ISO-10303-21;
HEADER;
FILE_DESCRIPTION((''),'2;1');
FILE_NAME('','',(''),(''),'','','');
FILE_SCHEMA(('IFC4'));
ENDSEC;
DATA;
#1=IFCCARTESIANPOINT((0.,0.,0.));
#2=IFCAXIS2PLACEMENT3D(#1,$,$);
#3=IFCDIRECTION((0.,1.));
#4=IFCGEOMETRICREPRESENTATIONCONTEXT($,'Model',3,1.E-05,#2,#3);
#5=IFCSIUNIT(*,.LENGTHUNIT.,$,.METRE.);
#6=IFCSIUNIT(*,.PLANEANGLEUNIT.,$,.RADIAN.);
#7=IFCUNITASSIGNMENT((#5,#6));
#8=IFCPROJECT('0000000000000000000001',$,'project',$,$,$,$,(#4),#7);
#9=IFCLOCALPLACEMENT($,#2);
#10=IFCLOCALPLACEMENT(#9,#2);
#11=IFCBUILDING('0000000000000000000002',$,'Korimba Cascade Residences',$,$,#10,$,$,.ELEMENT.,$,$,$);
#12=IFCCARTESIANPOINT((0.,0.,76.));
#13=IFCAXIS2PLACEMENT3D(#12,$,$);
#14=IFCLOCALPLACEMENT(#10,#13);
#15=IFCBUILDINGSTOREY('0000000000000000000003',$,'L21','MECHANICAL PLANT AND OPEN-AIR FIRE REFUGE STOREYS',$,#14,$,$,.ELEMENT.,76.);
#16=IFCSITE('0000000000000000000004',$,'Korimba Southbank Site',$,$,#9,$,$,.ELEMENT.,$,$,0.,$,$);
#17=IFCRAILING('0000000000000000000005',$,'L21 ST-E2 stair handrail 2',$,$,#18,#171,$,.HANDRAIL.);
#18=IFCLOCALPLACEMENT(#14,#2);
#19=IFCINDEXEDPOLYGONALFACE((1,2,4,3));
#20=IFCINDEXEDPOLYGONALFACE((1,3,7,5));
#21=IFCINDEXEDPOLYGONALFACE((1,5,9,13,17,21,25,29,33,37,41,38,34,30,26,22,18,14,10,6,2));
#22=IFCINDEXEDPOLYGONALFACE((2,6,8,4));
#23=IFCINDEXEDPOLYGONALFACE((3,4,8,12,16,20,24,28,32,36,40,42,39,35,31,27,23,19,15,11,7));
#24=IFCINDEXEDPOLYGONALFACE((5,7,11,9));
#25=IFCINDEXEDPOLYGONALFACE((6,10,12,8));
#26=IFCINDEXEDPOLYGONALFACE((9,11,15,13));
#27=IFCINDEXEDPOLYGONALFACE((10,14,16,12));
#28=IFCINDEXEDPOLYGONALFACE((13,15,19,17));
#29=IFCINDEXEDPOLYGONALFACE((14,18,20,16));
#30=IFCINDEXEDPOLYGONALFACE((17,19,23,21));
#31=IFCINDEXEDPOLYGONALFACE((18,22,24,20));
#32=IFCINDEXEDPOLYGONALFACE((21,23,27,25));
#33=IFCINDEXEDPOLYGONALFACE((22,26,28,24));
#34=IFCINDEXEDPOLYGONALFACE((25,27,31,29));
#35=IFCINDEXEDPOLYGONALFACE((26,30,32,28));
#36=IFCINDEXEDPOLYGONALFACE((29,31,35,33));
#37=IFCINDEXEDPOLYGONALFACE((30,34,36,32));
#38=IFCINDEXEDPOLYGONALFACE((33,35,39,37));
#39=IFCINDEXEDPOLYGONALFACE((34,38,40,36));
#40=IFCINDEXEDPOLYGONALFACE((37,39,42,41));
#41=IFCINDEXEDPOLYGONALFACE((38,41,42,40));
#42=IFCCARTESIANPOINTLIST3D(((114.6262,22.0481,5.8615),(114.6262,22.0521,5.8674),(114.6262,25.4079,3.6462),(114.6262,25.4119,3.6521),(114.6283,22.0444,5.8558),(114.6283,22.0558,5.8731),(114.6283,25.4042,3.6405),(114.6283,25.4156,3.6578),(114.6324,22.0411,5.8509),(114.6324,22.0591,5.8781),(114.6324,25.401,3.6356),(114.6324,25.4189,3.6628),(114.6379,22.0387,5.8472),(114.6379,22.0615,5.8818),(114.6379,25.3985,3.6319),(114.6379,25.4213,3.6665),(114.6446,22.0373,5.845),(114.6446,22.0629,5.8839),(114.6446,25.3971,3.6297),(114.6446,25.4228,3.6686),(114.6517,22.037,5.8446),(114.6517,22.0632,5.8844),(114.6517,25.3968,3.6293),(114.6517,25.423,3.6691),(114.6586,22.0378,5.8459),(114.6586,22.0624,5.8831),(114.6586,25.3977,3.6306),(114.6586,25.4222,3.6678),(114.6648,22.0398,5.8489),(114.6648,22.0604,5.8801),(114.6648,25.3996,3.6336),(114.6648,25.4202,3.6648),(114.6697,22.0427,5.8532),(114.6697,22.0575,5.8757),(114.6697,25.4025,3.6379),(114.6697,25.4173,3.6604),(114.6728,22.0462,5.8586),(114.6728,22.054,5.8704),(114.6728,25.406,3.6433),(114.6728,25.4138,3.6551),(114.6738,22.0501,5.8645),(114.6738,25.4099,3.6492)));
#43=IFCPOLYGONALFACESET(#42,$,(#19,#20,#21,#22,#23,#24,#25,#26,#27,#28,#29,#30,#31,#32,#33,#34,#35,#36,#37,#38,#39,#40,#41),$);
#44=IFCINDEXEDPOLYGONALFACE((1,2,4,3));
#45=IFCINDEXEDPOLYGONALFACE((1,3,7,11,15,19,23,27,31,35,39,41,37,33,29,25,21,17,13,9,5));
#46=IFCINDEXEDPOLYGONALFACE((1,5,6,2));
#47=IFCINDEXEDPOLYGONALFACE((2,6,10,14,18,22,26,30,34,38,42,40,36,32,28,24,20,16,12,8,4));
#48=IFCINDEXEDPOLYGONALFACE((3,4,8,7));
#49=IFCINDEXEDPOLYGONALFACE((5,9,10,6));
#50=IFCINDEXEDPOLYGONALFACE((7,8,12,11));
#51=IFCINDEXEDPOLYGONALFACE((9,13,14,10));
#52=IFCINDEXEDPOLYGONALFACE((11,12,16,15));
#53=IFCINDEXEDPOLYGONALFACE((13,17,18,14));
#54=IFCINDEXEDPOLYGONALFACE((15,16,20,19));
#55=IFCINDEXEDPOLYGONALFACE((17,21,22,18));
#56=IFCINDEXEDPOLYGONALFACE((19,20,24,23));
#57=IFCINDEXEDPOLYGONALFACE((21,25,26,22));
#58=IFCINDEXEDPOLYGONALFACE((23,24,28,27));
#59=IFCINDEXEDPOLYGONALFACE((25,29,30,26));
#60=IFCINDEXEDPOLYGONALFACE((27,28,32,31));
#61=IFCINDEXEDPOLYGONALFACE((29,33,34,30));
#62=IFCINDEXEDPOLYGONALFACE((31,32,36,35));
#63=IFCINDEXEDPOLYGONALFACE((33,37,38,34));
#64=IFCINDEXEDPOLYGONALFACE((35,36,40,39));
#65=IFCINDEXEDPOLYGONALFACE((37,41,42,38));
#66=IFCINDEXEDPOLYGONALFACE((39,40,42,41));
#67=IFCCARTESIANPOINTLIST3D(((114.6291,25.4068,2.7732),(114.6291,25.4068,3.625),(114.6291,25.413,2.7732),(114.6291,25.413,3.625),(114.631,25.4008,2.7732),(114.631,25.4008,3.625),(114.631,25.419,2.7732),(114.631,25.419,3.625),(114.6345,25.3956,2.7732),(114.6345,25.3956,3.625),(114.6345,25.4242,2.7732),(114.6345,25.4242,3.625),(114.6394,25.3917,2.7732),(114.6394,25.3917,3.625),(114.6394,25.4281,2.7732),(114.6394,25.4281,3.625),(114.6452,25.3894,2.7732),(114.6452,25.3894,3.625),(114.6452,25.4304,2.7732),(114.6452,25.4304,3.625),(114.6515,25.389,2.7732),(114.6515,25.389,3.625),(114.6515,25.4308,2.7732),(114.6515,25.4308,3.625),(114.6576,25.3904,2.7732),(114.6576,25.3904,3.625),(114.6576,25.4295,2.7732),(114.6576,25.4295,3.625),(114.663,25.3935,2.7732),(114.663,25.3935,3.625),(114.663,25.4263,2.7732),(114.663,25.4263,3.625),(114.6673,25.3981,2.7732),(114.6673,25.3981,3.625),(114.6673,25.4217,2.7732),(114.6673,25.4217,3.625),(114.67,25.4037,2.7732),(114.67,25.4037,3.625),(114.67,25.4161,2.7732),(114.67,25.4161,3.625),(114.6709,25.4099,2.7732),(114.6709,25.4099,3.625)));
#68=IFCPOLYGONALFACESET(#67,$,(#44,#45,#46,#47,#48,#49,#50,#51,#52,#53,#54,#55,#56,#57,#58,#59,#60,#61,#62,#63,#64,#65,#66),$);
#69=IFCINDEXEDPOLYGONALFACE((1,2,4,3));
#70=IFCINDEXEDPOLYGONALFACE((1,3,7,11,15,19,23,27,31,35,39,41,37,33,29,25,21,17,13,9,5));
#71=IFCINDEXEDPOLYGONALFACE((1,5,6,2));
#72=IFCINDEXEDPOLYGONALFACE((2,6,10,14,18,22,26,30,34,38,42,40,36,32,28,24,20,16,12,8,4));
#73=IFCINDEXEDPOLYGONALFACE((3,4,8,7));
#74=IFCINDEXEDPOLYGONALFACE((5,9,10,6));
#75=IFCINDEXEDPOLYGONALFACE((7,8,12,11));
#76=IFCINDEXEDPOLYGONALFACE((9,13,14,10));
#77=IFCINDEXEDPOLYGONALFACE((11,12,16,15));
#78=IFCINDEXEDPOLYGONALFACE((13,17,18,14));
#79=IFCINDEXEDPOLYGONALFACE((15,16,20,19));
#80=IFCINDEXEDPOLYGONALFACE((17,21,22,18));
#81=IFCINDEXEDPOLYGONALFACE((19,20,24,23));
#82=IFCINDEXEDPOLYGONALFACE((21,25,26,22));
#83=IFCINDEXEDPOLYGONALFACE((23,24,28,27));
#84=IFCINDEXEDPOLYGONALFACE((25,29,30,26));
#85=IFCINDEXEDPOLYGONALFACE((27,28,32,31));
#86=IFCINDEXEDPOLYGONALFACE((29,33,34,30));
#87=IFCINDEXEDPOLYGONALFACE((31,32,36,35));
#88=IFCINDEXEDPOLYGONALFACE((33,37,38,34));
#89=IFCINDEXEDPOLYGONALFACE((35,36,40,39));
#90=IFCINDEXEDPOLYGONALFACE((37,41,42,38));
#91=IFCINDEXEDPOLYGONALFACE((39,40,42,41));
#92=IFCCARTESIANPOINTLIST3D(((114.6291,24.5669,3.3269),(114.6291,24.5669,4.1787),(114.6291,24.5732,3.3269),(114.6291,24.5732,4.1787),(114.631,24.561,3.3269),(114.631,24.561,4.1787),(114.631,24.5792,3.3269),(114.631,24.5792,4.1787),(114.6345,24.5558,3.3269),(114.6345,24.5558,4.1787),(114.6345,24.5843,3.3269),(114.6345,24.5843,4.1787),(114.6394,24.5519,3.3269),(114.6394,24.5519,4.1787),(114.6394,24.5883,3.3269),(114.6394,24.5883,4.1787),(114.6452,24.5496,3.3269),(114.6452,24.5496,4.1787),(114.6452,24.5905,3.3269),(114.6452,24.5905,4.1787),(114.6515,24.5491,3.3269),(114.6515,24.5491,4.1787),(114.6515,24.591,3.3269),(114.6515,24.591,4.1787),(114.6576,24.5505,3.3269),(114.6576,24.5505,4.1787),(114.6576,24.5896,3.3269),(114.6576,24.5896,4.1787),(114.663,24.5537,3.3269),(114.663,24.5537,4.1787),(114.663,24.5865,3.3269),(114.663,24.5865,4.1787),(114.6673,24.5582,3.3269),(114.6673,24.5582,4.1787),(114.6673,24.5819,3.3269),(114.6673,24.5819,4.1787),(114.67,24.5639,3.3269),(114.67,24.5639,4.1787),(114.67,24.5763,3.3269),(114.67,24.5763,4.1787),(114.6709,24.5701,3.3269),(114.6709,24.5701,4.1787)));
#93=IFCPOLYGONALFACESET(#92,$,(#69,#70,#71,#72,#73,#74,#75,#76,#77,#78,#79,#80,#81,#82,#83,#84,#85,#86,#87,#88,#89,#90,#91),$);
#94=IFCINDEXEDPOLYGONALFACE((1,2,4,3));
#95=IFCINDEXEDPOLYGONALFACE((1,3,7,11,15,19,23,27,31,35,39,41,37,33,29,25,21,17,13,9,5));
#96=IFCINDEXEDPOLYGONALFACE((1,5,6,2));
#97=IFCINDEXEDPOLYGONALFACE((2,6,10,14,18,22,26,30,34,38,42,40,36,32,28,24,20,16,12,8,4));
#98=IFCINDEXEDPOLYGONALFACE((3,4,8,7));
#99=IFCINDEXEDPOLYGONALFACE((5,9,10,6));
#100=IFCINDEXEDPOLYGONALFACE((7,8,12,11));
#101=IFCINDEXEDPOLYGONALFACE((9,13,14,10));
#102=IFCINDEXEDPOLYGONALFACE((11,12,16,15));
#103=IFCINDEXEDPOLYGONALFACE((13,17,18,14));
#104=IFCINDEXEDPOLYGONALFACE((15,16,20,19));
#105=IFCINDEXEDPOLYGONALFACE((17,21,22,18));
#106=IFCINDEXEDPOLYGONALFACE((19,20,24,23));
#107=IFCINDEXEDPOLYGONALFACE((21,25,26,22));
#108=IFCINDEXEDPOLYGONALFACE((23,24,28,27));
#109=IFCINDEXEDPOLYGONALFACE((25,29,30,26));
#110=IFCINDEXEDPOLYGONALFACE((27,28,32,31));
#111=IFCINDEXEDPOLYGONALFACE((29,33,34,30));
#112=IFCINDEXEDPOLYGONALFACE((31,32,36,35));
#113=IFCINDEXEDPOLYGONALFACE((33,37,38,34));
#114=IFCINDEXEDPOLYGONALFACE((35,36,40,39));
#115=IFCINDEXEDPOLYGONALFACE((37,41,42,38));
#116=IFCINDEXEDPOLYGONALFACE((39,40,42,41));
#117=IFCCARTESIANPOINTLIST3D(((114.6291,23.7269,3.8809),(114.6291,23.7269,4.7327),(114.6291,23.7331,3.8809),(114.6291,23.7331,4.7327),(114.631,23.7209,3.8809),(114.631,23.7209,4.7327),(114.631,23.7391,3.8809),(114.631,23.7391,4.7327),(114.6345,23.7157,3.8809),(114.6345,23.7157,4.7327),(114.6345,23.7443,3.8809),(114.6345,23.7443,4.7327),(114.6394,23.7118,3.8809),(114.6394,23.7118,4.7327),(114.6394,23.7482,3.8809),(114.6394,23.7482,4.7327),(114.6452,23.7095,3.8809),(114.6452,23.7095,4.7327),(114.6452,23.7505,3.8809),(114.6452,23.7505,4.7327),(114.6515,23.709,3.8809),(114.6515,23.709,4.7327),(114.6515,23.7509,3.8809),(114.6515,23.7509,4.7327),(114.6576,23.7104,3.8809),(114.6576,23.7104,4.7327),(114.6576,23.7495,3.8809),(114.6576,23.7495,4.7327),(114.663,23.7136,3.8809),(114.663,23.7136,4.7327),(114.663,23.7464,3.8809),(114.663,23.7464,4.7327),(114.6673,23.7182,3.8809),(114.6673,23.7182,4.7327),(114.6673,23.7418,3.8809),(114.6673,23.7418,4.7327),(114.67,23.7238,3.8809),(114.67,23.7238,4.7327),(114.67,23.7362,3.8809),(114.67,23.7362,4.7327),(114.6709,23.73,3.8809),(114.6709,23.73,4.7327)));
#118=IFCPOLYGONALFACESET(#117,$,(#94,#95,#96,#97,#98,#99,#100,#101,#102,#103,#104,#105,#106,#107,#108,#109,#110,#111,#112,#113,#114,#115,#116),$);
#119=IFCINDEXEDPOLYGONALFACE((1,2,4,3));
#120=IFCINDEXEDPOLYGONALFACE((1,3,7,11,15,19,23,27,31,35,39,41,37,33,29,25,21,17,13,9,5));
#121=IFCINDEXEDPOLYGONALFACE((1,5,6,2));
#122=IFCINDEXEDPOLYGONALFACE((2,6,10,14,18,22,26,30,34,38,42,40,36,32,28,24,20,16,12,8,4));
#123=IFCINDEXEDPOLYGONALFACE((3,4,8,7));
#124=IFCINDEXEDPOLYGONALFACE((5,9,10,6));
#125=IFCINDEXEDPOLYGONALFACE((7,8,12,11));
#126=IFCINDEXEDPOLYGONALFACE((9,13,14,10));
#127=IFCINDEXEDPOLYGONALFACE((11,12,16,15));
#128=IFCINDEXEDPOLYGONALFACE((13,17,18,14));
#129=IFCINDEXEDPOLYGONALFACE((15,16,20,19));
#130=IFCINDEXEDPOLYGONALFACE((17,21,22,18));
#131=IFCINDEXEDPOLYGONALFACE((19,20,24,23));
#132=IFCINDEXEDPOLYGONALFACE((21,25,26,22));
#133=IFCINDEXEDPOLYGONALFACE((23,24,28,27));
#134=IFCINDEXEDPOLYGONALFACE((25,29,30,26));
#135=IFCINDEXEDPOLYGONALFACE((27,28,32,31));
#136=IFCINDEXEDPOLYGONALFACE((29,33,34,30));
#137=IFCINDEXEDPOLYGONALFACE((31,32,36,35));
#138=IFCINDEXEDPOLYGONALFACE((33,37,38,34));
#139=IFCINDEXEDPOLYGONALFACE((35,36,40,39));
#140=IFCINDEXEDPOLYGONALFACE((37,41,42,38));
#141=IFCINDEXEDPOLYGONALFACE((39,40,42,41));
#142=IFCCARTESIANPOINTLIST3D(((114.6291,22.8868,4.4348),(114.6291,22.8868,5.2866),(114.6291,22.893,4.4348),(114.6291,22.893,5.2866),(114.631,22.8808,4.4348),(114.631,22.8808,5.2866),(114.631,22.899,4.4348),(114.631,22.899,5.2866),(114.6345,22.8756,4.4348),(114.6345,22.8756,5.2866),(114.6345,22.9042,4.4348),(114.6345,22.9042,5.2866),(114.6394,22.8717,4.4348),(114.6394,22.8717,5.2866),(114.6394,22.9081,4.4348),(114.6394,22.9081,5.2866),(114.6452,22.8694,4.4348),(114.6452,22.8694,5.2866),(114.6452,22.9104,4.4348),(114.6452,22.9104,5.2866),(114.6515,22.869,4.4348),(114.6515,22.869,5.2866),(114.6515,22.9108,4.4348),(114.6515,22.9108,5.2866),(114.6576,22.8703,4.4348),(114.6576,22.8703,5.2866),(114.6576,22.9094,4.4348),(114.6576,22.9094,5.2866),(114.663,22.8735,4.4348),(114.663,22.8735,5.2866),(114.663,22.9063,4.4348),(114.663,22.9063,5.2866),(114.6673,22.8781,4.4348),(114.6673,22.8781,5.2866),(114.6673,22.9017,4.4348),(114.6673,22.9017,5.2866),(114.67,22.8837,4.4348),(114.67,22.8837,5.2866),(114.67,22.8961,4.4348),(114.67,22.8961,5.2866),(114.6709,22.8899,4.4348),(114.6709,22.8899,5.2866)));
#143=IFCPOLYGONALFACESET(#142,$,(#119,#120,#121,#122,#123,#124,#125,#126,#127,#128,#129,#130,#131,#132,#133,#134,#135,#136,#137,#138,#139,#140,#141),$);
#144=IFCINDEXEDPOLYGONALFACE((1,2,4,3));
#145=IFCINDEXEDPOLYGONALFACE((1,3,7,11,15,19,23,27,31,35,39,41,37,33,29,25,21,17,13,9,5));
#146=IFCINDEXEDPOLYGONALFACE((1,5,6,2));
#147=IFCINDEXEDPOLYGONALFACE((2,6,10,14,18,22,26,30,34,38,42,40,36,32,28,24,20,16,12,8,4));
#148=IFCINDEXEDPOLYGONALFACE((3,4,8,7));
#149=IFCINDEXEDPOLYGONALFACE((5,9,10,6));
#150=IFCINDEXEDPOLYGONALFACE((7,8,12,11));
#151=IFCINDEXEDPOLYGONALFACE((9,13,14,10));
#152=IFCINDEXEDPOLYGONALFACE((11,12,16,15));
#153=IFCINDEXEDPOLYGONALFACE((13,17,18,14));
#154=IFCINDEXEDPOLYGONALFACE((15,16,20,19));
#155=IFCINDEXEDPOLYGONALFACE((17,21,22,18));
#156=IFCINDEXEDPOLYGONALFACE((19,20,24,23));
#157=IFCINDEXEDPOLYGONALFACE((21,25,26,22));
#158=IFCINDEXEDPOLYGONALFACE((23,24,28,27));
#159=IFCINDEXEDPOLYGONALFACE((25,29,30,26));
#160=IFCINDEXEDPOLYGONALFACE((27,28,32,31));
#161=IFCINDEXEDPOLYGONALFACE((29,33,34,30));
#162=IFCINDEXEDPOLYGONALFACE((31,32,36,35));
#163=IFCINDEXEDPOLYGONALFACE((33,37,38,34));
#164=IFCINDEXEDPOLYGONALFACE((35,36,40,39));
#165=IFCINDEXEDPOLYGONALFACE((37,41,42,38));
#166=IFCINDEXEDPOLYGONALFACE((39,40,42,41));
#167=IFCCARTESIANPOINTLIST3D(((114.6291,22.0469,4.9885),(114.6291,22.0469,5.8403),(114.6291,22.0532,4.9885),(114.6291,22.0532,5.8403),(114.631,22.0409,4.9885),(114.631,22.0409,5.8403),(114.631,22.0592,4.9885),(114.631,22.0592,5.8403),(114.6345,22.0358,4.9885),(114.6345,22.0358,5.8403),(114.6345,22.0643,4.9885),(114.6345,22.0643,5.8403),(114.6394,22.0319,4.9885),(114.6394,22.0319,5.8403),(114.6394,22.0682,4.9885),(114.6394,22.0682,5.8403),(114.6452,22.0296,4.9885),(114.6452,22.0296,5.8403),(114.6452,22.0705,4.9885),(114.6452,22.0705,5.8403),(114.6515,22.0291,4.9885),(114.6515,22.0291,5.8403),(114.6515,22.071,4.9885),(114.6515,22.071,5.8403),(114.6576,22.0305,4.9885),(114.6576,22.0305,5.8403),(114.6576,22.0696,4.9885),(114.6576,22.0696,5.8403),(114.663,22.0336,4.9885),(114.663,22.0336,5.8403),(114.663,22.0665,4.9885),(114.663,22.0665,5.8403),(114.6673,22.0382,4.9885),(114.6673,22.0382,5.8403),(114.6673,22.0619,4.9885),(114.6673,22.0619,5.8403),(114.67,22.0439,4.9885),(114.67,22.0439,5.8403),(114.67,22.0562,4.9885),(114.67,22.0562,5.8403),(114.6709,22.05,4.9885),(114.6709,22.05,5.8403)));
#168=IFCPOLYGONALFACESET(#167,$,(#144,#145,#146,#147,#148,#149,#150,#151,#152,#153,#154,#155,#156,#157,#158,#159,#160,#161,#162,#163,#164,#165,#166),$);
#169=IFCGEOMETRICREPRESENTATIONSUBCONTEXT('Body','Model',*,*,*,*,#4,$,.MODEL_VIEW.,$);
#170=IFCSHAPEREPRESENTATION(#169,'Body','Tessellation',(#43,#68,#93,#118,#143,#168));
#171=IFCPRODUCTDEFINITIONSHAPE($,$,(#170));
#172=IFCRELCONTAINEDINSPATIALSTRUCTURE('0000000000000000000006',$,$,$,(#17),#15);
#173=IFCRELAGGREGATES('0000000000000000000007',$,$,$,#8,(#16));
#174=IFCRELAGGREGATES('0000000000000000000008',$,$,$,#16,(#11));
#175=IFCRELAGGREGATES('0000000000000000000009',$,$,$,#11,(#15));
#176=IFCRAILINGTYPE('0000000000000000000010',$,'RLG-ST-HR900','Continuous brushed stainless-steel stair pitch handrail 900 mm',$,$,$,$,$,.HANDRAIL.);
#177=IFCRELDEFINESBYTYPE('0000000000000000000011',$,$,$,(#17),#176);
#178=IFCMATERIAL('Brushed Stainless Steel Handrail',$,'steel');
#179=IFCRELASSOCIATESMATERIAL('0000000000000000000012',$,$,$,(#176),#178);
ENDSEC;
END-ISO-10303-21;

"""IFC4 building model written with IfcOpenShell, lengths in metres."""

from ifc_helpers import new_model, si_unit, direction, frame, origin, origin_2d, place, context, subcontext, project, spatial, circle, extrude, material, type_object, element, save


model = new_model("IFC4")

# Units and contexts
model_context = context("Model", 3, precision=1e-05, world=origin(), true_north=direction((0.0, 1.0)))
body_context = subcontext(model_context, "Body", "Model", "MODEL_VIEW")
ifc_project = project(units=[si_unit("LENGTHUNIT", "METRE"), si_unit("PLANEANGLEUNIT", "RADIAN")], contexts=[model_context])

# Site, building, storey
site_placement = place(None, origin())
site = spatial("IfcSite", under=ifc_project, at=site_placement, Name="Korimba Southbank Site", CompositionType="ELEMENT", RefElevation=0.0)
building_placement = place(site_placement, origin())
building = spatial("IfcBuilding", under=site, at=building_placement, Name="Korimba Cascade Residences", CompositionType="ELEMENT")
storey_placement = place(building_placement, frame((0.0, 0.0, 76.0)))
storey = spatial("IfcBuildingStorey", under=building, at=storey_placement, Name="L21", Description="MECHANICAL PLANT AND OPEN-AIR FIRE REFUGE STOREYS", CompositionType="ELEMENT", Elevation=76.0)

# Railing
ifc_material_1 = material(Name="Brushed Stainless Steel Handrail", Category="steel")
railing_type_1 = type_object("IfcRailingType", Name="RLG-ST-HR900", Description="Continuous brushed stainless-steel stair pitch handrail 900 mm", PredefinedType="HANDRAIL", material=ifc_material_1)
railing_1_placement = place(storey_placement, frame((114.6499, 25.4099, 2.7732)))
element("IfcRailing", 1, at=railing_1_placement, inside=storey, type_object=railing_type_1, Name="L21 ST-E2 stair handrail 2", PredefinedType="HANDRAIL", context=body_context, shape_type="SweptSolid", body=[
    extrude(circle(Radius=0.0239, at=origin_2d()), frame((0.0, 0.0, 0.876), z_axis=(0.0, -0.834858, 0.550465), x_axis=(1.0, 0.0, 0.0)), (0.0, 0.0, 1.0), 4.0244),
    extrude(circle(Radius=0.021, at=origin_2d()), origin(), (0.0, 0.0, 1.0), 0.8518),
    extrude(circle(Radius=0.021, at=origin_2d()), frame((0.0, -0.8398, 0.5537)), (0.0, 0.0, 1.0), 0.8518),
    extrude(circle(Radius=0.021, at=origin_2d()), frame((0.0, -1.6799, 1.1077)), (0.0, 0.0, 1.0), 0.8518),
    extrude(circle(Radius=0.021, at=origin_2d()), frame((0.0, -2.52, 1.6616)), (0.0, 0.0, 1.0), 0.8518),
    extrude(circle(Radius=0.021, at=origin_2d()), frame((0.0, -3.3599, 2.2153)), (0.0, 0.0, 1.0), 0.8518),
])

save(model, "model.ifc")
